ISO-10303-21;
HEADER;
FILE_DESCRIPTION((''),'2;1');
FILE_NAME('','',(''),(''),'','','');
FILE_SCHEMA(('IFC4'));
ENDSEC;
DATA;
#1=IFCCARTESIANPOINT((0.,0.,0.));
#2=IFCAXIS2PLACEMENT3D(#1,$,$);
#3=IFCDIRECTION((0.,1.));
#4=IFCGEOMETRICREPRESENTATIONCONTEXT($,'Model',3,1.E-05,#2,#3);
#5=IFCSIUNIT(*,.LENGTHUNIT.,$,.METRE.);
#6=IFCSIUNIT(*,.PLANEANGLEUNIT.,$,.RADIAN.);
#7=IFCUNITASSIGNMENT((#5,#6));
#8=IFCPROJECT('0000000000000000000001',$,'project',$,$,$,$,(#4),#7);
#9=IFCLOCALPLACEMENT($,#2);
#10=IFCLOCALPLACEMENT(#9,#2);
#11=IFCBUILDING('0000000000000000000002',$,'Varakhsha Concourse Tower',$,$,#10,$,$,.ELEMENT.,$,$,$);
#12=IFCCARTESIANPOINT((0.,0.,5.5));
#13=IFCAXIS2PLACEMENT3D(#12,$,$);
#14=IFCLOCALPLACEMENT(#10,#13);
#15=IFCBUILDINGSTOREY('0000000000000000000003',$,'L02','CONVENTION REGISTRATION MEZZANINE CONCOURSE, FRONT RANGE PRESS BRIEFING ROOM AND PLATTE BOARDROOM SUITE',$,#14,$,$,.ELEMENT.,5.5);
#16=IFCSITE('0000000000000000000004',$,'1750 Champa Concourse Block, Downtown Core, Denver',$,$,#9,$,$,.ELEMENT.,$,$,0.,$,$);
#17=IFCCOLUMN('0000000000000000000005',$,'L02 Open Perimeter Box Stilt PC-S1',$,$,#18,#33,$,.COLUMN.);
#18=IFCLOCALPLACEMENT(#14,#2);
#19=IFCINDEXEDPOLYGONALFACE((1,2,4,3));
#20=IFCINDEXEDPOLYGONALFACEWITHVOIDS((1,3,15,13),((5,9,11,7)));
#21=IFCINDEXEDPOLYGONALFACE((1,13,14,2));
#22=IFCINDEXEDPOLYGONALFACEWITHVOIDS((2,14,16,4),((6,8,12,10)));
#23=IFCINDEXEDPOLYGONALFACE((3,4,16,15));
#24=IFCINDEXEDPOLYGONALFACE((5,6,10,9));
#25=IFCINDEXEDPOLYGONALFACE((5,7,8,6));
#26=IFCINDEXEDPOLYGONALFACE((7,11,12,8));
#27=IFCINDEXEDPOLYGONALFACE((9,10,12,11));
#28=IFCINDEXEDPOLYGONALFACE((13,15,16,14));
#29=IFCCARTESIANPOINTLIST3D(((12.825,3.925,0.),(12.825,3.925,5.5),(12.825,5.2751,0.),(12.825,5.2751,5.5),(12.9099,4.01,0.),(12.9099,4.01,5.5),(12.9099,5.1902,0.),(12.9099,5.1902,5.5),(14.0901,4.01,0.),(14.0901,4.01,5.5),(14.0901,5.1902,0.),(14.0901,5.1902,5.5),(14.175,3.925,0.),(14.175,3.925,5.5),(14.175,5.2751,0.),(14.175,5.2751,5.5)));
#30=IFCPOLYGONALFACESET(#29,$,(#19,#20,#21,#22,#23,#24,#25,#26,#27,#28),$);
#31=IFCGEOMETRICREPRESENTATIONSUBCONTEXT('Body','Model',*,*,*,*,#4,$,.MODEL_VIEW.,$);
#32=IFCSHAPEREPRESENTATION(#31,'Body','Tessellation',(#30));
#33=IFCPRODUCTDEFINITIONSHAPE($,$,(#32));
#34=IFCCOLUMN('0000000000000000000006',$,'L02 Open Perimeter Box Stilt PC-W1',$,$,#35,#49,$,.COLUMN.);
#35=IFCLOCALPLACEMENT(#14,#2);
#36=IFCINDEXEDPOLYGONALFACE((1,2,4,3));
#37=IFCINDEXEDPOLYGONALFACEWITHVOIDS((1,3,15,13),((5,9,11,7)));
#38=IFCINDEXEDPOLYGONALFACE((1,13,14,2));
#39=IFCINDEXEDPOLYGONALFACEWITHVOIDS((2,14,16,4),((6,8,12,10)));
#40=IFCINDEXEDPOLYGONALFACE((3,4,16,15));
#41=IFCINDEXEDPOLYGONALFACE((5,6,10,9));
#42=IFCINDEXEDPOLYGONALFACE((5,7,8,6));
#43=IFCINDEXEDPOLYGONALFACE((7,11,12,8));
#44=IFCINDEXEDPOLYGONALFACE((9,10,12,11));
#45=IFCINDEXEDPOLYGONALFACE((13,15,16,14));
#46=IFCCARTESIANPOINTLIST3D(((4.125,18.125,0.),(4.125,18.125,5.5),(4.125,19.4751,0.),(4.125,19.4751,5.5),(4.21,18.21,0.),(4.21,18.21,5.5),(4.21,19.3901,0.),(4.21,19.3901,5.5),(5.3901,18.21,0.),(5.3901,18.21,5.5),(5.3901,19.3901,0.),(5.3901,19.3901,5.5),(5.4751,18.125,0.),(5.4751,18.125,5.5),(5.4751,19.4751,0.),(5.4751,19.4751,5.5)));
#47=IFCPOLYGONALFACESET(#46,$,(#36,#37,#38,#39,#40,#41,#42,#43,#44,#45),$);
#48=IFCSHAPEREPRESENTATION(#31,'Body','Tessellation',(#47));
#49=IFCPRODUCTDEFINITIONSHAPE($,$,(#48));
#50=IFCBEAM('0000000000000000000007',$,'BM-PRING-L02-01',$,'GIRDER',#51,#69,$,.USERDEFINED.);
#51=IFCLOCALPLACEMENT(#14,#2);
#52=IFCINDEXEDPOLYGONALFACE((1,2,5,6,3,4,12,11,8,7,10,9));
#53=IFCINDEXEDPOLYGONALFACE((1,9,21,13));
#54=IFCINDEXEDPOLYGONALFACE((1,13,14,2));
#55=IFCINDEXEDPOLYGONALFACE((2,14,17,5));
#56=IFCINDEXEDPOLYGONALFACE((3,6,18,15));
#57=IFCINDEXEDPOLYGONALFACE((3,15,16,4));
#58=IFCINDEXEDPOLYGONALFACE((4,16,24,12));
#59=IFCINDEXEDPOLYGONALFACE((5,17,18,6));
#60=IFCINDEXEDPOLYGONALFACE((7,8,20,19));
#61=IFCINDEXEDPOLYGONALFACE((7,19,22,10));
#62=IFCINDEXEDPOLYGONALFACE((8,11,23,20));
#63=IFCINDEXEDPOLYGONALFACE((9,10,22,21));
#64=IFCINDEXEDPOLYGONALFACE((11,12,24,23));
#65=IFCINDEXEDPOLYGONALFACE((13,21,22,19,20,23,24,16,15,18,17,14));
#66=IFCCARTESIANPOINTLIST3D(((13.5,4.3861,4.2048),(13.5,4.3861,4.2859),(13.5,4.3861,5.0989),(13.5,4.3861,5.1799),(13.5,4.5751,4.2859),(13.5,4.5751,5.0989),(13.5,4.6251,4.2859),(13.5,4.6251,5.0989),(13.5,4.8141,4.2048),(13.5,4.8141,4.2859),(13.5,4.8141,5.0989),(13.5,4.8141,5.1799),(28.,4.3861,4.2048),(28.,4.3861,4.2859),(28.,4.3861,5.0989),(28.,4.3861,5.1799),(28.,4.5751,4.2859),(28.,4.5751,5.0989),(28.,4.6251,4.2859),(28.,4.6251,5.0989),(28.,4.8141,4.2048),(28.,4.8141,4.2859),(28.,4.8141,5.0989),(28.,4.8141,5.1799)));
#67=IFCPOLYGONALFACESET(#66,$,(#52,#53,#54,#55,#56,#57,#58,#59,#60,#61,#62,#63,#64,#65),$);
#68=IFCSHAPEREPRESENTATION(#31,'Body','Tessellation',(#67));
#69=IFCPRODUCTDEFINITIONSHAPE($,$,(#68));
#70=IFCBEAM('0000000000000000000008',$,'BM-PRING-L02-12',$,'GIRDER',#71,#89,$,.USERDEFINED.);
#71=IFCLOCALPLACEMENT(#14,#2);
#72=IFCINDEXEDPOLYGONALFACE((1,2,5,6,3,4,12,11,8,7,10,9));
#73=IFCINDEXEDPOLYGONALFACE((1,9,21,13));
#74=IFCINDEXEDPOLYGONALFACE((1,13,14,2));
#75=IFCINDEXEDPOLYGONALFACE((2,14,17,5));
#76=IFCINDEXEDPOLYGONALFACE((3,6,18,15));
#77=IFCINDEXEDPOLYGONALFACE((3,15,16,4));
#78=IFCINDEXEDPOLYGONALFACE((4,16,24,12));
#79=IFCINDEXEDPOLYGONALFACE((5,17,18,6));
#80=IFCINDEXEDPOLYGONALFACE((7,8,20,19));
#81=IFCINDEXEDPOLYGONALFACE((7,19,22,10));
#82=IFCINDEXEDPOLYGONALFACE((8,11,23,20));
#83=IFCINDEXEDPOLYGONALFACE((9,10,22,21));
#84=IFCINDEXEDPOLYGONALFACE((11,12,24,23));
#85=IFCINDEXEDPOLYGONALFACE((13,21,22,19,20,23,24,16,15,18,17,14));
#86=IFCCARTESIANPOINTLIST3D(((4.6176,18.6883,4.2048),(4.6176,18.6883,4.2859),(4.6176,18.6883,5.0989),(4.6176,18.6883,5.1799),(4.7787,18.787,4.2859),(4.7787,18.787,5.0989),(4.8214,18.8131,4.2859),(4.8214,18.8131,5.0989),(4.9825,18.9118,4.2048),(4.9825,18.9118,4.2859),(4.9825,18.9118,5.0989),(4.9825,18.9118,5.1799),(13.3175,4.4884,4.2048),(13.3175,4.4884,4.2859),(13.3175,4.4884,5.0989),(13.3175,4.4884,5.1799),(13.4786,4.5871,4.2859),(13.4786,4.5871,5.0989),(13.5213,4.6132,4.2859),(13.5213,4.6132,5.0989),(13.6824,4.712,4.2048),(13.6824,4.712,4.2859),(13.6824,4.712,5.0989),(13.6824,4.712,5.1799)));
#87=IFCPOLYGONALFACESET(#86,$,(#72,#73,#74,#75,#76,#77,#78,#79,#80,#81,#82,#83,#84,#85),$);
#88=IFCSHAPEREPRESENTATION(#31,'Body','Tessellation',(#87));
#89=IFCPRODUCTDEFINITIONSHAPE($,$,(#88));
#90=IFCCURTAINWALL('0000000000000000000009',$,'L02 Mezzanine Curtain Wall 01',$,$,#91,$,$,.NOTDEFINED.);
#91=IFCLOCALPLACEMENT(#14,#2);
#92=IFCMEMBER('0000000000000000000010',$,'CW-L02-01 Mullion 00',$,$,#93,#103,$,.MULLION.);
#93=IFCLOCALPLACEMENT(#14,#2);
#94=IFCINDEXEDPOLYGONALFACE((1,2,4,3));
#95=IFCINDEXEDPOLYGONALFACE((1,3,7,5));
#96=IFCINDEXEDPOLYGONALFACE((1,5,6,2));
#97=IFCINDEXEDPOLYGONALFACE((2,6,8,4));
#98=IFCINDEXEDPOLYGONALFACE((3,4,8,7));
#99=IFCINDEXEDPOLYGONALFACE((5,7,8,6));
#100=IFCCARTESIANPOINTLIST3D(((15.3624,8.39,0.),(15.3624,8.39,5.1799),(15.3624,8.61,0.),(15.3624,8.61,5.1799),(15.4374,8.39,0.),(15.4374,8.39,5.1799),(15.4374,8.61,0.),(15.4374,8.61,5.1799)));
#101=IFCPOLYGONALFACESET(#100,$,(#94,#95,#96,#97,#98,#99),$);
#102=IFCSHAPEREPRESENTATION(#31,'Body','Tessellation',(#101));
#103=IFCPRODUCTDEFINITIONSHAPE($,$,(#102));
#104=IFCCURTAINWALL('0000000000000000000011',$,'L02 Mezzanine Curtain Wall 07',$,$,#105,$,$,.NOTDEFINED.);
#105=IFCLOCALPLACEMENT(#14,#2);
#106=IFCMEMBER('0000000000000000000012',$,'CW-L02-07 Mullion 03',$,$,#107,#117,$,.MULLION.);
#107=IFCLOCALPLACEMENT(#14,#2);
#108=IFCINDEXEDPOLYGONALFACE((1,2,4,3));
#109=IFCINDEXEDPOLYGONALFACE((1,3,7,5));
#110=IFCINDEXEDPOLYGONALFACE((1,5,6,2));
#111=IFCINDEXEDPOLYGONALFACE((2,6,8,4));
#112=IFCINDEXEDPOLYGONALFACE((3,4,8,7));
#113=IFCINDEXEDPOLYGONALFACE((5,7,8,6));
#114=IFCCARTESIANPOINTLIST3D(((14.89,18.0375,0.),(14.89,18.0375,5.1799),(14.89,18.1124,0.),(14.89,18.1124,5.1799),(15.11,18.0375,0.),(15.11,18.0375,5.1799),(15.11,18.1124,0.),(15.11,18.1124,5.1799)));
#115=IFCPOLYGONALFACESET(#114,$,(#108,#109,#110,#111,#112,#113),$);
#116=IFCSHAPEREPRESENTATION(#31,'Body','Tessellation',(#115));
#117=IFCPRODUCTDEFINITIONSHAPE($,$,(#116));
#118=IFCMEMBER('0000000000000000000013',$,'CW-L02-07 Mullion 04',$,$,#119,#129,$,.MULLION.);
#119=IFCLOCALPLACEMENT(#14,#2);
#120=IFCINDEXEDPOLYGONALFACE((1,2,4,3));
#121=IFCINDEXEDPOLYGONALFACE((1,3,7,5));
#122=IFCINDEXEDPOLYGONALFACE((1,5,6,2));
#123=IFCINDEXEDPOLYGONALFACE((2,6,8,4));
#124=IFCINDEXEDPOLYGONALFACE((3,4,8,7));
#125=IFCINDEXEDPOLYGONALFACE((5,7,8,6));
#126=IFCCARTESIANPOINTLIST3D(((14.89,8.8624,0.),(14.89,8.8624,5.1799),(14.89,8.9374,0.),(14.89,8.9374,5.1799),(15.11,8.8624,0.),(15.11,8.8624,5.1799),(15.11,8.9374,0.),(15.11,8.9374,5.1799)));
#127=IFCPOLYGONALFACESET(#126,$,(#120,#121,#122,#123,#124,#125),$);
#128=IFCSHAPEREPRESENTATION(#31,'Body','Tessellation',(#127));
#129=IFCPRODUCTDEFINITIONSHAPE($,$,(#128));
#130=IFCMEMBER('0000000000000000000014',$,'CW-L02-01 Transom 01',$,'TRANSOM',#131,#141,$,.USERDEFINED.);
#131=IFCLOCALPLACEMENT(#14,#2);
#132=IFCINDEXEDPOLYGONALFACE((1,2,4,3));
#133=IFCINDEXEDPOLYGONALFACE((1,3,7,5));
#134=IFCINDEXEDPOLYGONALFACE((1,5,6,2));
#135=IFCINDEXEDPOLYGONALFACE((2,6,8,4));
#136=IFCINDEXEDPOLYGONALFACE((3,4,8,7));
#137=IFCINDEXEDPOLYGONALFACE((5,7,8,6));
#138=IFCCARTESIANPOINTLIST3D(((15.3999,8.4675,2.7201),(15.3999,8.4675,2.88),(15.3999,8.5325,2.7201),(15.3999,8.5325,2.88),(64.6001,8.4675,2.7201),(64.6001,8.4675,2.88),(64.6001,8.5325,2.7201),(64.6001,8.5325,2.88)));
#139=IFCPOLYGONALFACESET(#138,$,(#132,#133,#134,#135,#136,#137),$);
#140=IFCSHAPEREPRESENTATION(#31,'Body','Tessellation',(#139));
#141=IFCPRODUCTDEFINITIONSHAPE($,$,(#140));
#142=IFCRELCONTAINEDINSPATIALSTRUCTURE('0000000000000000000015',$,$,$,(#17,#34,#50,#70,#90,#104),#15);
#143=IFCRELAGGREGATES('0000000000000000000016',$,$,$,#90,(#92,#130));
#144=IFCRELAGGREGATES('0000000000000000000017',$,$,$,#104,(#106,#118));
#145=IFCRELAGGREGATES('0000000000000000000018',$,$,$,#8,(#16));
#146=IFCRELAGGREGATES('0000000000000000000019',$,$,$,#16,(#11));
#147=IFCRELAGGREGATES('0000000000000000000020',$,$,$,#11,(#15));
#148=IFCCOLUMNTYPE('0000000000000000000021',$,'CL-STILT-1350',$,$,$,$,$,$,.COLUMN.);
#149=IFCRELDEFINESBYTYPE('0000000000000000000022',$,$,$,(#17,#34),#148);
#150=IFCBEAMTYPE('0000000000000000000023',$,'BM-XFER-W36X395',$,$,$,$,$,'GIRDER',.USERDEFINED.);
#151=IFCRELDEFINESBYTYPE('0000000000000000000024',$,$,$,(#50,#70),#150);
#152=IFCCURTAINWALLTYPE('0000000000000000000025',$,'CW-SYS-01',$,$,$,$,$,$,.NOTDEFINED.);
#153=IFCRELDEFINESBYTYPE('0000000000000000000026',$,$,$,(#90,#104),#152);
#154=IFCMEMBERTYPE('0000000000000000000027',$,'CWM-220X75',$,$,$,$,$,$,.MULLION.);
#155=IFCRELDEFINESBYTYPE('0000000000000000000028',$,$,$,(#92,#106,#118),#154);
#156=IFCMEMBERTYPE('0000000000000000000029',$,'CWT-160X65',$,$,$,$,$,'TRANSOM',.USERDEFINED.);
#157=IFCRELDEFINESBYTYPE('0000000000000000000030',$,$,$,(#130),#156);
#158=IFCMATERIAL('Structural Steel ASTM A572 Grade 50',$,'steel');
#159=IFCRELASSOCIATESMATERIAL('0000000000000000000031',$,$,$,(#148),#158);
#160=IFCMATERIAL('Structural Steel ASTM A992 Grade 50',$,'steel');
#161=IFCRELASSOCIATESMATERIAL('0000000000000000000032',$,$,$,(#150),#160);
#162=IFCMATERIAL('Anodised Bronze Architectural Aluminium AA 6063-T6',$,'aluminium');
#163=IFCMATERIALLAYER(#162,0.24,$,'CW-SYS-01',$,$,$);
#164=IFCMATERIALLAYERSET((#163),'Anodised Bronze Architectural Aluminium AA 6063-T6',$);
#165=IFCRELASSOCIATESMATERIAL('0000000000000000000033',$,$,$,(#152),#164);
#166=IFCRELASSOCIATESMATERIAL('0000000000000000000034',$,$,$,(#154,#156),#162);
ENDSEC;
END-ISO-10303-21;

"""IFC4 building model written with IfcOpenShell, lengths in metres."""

from ifc_helpers import new_model, si_unit, direction, frame, origin, origin_2d, place, context, subcontext, project, spatial, rectangle, hollow_rectangle, i_section, extrude, source, transform, mapped, material, layer, layer_set, material_profile, profile_set, type_object, type_shapes, element, aggregate, save


model = new_model("IFC4")

# Units and contexts
model_context = context("Model", 3, precision=1e-05, world=origin(), true_north=direction((0.0, 1.0)))
body_context = subcontext(model_context, "Body", "Model", "MODEL_VIEW")
ifc_project = project(units=[si_unit("LENGTHUNIT", "METRE"), si_unit("PLANEANGLEUNIT", "RADIAN")], contexts=[model_context])

# Site, building, storey
site_placement = place(None, origin())
site = spatial("IfcSite", under=ifc_project, at=site_placement, Name="1750 Champa Concourse Block, Downtown Core, Denver", CompositionType="ELEMENT", RefElevation=0.0)
building_placement = place(site_placement, origin())
building = spatial("IfcBuilding", under=site, at=building_placement, Name="Varakhsha Concourse Tower", CompositionType="ELEMENT")
storey_placement = place(building_placement, frame((0.0, 0.0, 5.5)))
storey = spatial("IfcBuildingStorey", under=building, at=storey_placement, Name="L02", Description="CONVENTION REGISTRATION MEZZANINE CONCOURSE, FRONT RANGE PRESS BRIEFING ROOM AND PLATTE BOARDROOM SUITE", CompositionType="ELEMENT", Elevation=5.5)

# Columns
ifc_material_1 = material(Name="Structural Steel ASTM A572 Grade 50", Category="steel")
ifc_material_profile_1 = material_profile(ifc_material_1, hollow_rectangle(XDim=1.3501, YDim=1.3501, WallThickness=0.085, at=origin_2d()), Name="BOX 1350x1350x85")
ifc_profile_set_1 = profile_set([ifc_material_profile_1], Name="Structural Steel ASTM A572 Grade 50")
column_type = type_object("IfcColumnType", Name="CL-STILT-1350", PredefinedType="COLUMN", material=ifc_profile_set_1)
for number, where, z_axis, x_axis, name in (
    (1, (13.5, 4.6001, 0.0), (0.0, 0.0, 1.0), (1.0, 0.0, 0.0), "L02 Open Perimeter Box Stilt PC-S1"),
    (2, (4.8, 18.8, 0.0), (0.0, 0.0, 1.0), (1.0, 0.0, 0.0), "L02 Open Perimeter Box Stilt PC-W1"),
):
    element("IfcColumn", number, at=place(storey_placement, frame(where, z_axis=z_axis, x_axis=x_axis)), inside=storey, type_object=column_type, Name=name, PredefinedType="COLUMN", context=body_context, shape_type="SweptSolid", body=[
        extrude(hollow_rectangle(XDim=1.3501, YDim=1.3501, WallThickness=0.085, at=origin_2d()), origin(), (0.0, 0.0, 1.0), 5.5),
    ])

# Beams
ifc_material_2 = material(Name="Structural Steel ASTM A992 Grade 50", Category="steel")
ifc_material_profile_2 = material_profile(ifc_material_2, i_section(OverallWidth=0.428, OverallDepth=0.9751, WebThickness=0.05, FlangeThickness=0.0811, at=origin_2d()), Name="W36X395")
ifc_profile_set_2 = profile_set([ifc_material_profile_2], Name="Structural Steel ASTM A992 Grade 50")
beam_type = type_object("IfcBeamType", Name="BM-XFER-W36X395", ElementType="GIRDER", PredefinedType="USERDEFINED", material=ifc_profile_set_2)
beam_1_placement = place(storey_placement, frame((13.5, 4.6001, 4.6924), z_axis=(1.0, 0.0, 0.0), x_axis=(0.0, 1.0, 0.0)))
element("IfcBeam", 3, at=beam_1_placement, inside=storey, type_object=beam_type, Name="BM-PRING-L02-01", ObjectType="GIRDER", PredefinedType="USERDEFINED", context=body_context, shape_type="SweptSolid", body=[
    extrude(i_section(OverallWidth=0.428, OverallDepth=0.9751, WebThickness=0.05, FlangeThickness=0.0811, at=origin_2d()), origin(), (0.0, 0.0, 1.0), 14.5),
])
beam_2_placement = place(storey_placement, frame((4.8, 18.8, 4.6924), z_axis=(0.52242, -0.852688, 0.0), x_axis=(0.852688, 0.52242, 0.0)))
element("IfcBeam", 4, at=beam_2_placement, inside=storey, type_object=beam_type, Name="BM-PRING-L02-12", ObjectType="GIRDER", PredefinedType="USERDEFINED", context=body_context, shape_type="SweptSolid", body=[
    extrude(i_section(OverallWidth=0.428, OverallDepth=0.9751, WebThickness=0.05, FlangeThickness=0.0811, at=origin_2d()), origin(), (0.0, 0.0, 1.0), 16.6531),
])

# Curtain wall, member
ifc_material_3 = material(Name="Anodised Bronze Architectural Aluminium AA 6063-T6", Category="aluminium")
ifc_layer_1 = layer(ifc_material_3, 0.24, Name="CW-SYS-01")
ifc_layer_set_1 = layer_set([ifc_layer_1], Name="Anodised Bronze Architectural Aluminium AA 6063-T6")
curtain_wall_type = type_object("IfcCurtainWallType", Name="CW-SYS-01", PredefinedType="NOTDEFINED", material=ifc_layer_set_1)
curtain_wall_1_placement = place(storey_placement, origin())
curtain_wall_1 = element("IfcCurtainWall", 5, at=curtain_wall_1_placement, inside=storey, type_object=curtain_wall_type, Name="L02 Mezzanine Curtain Wall 01", PredefinedType="NOTDEFINED")
ifc_material_profile_3 = material_profile(ifc_material_3, rectangle(XDim=0.075, YDim=0.22, at=origin_2d()), Name="CWM-220X75")
ifc_profile_set_3 = profile_set([ifc_material_profile_3], Name="Anodised Bronze Architectural Aluminium AA 6063-T6")
member_type_1 = type_object("IfcMemberType", Name="CWM-220X75", PredefinedType="MULLION", material=ifc_profile_set_3)
shared_shape_1 = source(origin(), body_context, "Body", "SweptSolid", [
    extrude(rectangle(XDim=0.075, YDim=0.22, at=origin_2d()), origin(), (0.0, 0.0, 1.0), 5.1799),
])
type_shapes(member_type_1, [shared_shape_1])
member_1_placement = place(storey_placement, frame((15.3999, 8.5, 0.0), z_axis=(0.0, 0.0, 1.0), x_axis=(1.0, 0.0, 0.0)))
member_1 = element("IfcMember", 6, at=member_1_placement, type_object=member_type_1, Name="CW-L02-01 Mullion 00", PredefinedType="MULLION", context=body_context, shape_type="MappedRepresentation", body=[
    mapped(shared_shape_1, transform((0.0, 0.0, 0.0), scale=1.0)),
])

# Curtain wall, members
curtain_wall_2_placement = place(storey_placement, origin())
curtain_wall_2 = element("IfcCurtainWall", 7, at=curtain_wall_2_placement, inside=storey, type_object=curtain_wall_type, Name="L02 Mezzanine Curtain Wall 07", PredefinedType="NOTDEFINED")
member_2_placement = place(storey_placement, frame((15.0, 18.075, 0.0), z_axis=(0.0, 0.0, 1.0), x_axis=(0.0, -1.0, 0.0)))
member_2 = element("IfcMember", 8, at=member_2_placement, type_object=member_type_1, Name="CW-L02-07 Mullion 03", PredefinedType="MULLION", context=body_context, shape_type="MappedRepresentation", body=[
    mapped(shared_shape_1, transform((0.0, 0.0, 0.0), scale=1.0)),
])
member_3_placement = place(storey_placement, frame((15.0, 8.8999, 0.0), z_axis=(0.0, 0.0, 1.0), x_axis=(0.0, -1.0, 0.0)))
member_3 = element("IfcMember", 9, at=member_3_placement, type_object=member_type_1, Name="CW-L02-07 Mullion 04", PredefinedType="MULLION", context=body_context, shape_type="MappedRepresentation", body=[
    mapped(shared_shape_1, transform((0.0, 0.0, 0.0), scale=1.0)),
])

# Member
ifc_material_profile_4 = material_profile(ifc_material_3, rectangle(XDim=0.0649, YDim=0.1599, at=origin_2d()), Name="CWT-160X65")
ifc_profile_set_4 = profile_set([ifc_material_profile_4], Name="Anodised Bronze Architectural Aluminium AA 6063-T6")
member_type_2 = type_object("IfcMemberType", Name="CWT-160X65", ElementType="TRANSOM", PredefinedType="USERDEFINED", material=ifc_profile_set_4)
shared_shape_2 = source(origin(), body_context, "Body", "SweptSolid", [
    extrude(rectangle(XDim=0.0649, YDim=0.1599, at=origin_2d()), origin(), (0.0, 0.0, 1.0), 49.2002),
])
type_shapes(member_type_2, [shared_shape_2])
member_4_placement = place(storey_placement, frame((15.3999, 8.5, 2.8), z_axis=(1.0, 0.0, 0.0), x_axis=(0.0, 1.0, 0.0)))
member_4 = element("IfcMember", 10, at=member_4_placement, type_object=member_type_2, Name="CW-L02-01 Transom 01", ObjectType="TRANSOM", PredefinedType="USERDEFINED", context=body_context, shape_type="MappedRepresentation", body=[
    mapped(shared_shape_2, transform((0.0, 0.0, 0.0), scale=1.0)),
])

aggregate(curtain_wall_1, [member_1, member_4])
aggregate(curtain_wall_2, [member_2, member_3])

save(model, "model.ifc")
